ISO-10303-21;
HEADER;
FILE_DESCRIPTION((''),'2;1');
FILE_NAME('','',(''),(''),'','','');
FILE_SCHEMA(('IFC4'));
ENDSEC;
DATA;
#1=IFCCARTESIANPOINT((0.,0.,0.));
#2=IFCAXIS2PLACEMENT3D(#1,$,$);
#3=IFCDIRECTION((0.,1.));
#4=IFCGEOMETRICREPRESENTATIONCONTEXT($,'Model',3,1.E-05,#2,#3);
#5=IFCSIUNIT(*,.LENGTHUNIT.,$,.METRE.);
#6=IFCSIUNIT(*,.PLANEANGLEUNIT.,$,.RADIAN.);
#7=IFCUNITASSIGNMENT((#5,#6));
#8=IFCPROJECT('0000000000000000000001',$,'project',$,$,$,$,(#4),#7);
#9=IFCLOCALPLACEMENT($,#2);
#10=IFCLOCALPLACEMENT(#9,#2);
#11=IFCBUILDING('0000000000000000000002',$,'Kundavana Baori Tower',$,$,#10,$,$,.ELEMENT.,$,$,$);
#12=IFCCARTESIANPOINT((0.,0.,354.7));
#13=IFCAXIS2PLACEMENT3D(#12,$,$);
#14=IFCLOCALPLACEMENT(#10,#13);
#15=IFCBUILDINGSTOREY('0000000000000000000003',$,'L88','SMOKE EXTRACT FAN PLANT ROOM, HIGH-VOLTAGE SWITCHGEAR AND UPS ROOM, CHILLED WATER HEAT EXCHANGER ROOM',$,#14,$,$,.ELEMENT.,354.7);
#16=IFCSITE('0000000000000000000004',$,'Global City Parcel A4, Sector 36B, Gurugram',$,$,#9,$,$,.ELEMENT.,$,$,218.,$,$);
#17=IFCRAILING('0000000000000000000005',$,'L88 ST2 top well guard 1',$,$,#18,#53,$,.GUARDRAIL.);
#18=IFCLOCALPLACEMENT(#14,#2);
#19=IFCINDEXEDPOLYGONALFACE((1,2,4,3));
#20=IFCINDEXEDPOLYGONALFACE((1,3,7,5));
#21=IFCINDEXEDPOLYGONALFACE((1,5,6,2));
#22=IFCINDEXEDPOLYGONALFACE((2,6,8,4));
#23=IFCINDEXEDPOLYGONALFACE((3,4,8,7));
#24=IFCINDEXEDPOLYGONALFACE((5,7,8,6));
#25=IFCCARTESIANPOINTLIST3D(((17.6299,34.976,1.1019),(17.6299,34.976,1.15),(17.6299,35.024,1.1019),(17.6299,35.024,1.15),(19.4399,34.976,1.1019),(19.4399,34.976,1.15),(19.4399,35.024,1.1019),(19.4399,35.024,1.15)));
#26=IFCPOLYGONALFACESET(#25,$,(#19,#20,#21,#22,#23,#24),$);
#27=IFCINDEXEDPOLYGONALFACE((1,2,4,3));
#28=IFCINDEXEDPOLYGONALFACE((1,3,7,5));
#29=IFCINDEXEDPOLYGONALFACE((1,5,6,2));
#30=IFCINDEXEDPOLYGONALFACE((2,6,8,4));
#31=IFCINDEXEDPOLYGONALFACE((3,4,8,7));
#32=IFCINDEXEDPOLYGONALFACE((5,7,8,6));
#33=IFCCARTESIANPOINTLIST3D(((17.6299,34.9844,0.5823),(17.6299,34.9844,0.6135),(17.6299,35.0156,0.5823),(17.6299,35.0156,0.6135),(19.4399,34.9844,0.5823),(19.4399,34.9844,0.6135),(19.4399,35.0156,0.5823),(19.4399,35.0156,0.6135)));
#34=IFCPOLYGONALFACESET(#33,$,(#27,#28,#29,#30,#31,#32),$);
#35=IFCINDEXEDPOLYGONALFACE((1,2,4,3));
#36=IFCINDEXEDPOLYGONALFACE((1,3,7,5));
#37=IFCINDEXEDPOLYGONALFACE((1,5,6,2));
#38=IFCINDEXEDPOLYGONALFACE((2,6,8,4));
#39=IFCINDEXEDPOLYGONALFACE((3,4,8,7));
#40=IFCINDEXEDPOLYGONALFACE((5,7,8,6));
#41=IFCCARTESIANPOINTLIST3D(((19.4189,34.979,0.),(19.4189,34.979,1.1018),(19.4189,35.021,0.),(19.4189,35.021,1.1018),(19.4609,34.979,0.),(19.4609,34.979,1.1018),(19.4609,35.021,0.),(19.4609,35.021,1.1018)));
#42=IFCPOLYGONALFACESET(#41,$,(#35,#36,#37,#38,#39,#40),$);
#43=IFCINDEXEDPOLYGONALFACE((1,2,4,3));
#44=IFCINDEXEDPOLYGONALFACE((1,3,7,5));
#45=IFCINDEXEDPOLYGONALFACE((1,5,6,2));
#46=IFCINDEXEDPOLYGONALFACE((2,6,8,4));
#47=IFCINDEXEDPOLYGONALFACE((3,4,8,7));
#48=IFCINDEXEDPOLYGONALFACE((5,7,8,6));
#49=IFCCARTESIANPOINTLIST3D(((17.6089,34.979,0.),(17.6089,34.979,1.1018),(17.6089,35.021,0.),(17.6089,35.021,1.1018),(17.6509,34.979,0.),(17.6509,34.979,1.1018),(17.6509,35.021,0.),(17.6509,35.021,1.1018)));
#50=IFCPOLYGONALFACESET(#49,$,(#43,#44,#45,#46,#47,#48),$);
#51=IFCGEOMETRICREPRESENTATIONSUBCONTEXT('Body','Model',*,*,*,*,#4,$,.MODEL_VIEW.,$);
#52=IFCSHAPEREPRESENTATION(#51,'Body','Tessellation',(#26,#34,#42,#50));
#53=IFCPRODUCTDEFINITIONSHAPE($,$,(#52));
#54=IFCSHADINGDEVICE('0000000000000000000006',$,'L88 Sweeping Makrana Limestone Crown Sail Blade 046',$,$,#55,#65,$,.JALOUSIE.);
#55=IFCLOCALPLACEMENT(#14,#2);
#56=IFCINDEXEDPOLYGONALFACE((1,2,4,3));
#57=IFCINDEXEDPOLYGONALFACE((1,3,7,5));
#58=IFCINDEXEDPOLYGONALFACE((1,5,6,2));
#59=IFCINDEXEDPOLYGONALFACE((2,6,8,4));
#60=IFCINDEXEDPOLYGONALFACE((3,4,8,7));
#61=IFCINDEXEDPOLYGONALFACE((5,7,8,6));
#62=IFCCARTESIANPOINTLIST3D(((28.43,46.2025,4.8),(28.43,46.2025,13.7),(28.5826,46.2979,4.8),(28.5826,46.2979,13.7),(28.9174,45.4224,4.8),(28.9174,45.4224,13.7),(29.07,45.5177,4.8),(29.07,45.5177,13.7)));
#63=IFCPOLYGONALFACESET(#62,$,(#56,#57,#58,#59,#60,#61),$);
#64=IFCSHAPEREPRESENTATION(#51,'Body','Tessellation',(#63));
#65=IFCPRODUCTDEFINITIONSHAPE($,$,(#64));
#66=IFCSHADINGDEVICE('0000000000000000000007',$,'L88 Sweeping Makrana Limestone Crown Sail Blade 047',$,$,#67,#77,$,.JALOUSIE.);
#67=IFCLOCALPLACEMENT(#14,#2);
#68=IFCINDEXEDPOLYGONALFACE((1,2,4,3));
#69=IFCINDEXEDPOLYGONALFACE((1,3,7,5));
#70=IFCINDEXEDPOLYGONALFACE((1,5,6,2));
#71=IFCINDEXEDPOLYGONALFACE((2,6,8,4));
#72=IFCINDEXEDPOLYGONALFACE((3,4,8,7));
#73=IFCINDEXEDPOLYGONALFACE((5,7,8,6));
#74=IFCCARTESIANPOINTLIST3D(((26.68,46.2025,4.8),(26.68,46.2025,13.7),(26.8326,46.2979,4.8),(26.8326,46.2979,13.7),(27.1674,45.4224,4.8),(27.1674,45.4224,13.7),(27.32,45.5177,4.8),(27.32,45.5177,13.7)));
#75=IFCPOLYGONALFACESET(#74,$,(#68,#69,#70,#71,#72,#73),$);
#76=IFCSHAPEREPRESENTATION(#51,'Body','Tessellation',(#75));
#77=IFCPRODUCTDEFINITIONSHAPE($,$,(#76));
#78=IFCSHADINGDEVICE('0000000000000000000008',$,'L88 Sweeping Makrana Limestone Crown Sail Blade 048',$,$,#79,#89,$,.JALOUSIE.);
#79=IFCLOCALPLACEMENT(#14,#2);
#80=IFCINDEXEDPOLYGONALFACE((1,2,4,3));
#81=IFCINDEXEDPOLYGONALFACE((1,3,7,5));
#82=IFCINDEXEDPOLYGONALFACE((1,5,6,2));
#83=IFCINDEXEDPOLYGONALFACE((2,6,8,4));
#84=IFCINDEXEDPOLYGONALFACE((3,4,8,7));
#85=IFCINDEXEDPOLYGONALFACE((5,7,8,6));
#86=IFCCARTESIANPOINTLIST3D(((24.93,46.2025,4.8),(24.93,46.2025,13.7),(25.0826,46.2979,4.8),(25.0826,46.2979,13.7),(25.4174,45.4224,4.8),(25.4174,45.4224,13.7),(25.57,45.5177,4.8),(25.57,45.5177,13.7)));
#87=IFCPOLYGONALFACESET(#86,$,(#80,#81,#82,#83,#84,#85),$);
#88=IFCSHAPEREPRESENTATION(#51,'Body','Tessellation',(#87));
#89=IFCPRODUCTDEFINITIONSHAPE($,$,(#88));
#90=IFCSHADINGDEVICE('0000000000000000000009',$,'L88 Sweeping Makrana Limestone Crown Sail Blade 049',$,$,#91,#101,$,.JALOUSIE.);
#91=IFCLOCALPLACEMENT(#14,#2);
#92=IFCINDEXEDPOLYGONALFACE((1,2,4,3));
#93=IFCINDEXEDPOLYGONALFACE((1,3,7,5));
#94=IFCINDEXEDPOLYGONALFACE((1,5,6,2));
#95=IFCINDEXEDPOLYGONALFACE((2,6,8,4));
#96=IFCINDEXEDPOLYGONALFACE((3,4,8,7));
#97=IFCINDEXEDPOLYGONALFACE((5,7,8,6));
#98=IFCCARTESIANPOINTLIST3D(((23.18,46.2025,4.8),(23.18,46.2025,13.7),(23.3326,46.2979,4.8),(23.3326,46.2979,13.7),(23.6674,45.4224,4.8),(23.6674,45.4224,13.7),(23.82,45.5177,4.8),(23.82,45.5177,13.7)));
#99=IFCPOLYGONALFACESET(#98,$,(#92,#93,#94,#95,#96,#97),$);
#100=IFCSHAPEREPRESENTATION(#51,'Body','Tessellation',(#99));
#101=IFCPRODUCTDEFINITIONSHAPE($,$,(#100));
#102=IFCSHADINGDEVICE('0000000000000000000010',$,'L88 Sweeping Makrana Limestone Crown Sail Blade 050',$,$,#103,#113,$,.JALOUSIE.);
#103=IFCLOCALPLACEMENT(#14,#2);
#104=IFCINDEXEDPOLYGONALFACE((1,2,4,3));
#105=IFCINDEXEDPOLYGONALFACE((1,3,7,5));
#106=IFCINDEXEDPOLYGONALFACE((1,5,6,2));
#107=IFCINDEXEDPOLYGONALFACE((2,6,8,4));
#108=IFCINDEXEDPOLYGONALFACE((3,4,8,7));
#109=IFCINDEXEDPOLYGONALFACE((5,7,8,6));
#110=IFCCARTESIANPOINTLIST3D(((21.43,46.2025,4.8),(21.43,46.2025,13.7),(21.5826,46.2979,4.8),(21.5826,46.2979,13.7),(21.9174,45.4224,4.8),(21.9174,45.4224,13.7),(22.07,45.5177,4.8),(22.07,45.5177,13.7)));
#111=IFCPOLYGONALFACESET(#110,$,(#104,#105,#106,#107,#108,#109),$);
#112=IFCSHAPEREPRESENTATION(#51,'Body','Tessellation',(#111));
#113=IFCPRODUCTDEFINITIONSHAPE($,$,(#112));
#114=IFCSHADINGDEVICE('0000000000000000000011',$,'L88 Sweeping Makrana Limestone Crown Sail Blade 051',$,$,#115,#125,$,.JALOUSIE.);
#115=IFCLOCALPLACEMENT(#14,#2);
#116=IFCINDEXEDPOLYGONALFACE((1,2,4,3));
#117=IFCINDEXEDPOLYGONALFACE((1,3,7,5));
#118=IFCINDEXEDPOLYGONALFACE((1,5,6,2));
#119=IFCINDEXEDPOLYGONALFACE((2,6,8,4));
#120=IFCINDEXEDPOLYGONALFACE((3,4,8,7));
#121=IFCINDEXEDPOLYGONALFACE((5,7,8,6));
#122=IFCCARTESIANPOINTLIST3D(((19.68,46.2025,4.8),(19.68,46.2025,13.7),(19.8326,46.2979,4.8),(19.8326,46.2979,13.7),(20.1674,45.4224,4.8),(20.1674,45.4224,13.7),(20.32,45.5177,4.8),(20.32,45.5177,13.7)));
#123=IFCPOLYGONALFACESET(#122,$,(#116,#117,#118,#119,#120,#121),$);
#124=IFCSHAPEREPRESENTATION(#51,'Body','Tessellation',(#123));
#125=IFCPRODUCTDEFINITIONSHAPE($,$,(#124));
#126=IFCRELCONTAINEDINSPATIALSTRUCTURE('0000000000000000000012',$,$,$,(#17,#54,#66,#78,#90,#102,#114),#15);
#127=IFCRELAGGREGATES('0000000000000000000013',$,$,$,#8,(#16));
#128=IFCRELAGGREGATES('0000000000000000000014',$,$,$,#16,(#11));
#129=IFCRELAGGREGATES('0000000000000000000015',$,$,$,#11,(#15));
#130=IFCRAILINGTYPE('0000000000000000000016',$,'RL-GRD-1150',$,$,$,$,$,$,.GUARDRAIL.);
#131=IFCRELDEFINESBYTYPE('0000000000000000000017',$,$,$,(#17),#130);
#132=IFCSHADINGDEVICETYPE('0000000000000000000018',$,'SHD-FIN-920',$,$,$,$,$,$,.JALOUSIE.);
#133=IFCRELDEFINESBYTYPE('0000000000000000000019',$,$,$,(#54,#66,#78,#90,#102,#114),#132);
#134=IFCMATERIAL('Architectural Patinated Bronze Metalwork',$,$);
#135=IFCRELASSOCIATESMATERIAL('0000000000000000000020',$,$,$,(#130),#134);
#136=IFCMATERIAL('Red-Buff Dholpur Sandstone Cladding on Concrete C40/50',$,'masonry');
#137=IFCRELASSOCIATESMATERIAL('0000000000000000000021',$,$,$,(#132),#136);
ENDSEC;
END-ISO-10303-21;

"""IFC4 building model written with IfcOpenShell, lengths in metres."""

from ifc_helpers import new_model, si_unit, direction, frame, origin, origin_2d, place, context, subcontext, project, spatial, rectangle, extrude, material, type_object, element, save


model = new_model("IFC4")

# Units and contexts
model_context = context("Model", 3, precision=1e-05, world=origin(), true_north=direction((0.0, 1.0)))
body_context = subcontext(model_context, "Body", "Model", "MODEL_VIEW")
ifc_project = project(units=[si_unit("LENGTHUNIT", "METRE"), si_unit("PLANEANGLEUNIT", "RADIAN")], contexts=[model_context])

# Site, building, storey
site_placement = place(None, origin())
site = spatial("IfcSite", under=ifc_project, at=site_placement, Name="Global City Parcel A4, Sector 36B, Gurugram", CompositionType="ELEMENT", RefElevation=218.0)
building_placement = place(site_placement, origin())
building = spatial("IfcBuilding", under=site, at=building_placement, Name="Kundavana Baori Tower", CompositionType="ELEMENT")
storey_placement = place(building_placement, frame((0.0, 0.0, 354.7)))
storey = spatial("IfcBuildingStorey", under=building, at=storey_placement, Name="L88", Description="SMOKE EXTRACT FAN PLANT ROOM, HIGH-VOLTAGE SWITCHGEAR AND UPS ROOM, CHILLED WATER HEAT EXCHANGER ROOM", CompositionType="ELEMENT", Elevation=354.7)

# Railing
ifc_material_1 = material(Name="Architectural Patinated Bronze Metalwork")
railing_type_1 = type_object("IfcRailingType", Name="RL-GRD-1150", PredefinedType="GUARDRAIL", material=ifc_material_1)
railing_1_placement = place(storey_placement, frame((19.4399, 35.0, 0.0)))
element("IfcRailing", 1, at=railing_1_placement, inside=storey, type_object=railing_type_1, Name="L88 ST2 top well guard 1", PredefinedType="GUARDRAIL", context=body_context, shape_type="SweptSolid", body=[
    extrude(rectangle(XDim=0.0481, YDim=0.0481, at=origin_2d()), frame((0.0, 0.0, 1.126), z_axis=(-1.0, 0.0, 0.0), x_axis=(0.0, -1.0, 0.0)), (0.0, 0.0, 1.0), 1.8101),
    extrude(rectangle(XDim=0.0312, YDim=0.0312, at=origin_2d()), frame((0.0, 0.0, 0.5979), z_axis=(-1.0, 0.0, 0.0), x_axis=(0.0, -1.0, 0.0)), (0.0, 0.0, 1.0), 1.8101),
    extrude(rectangle(XDim=0.042, YDim=0.042, at=origin_2d()), origin(), (0.0, 0.0, 1.0), 1.1018),
    extrude(rectangle(XDim=0.042, YDim=0.042, at=origin_2d()), frame((-1.8101, 0.0, 0.0)), (0.0, 0.0, 1.0), 1.1018),
])

# Shading devices
ifc_material_2 = material(Name="Red-Buff Dholpur Sandstone Cladding on Concrete C40/50", Category="masonry")
shading_device_type = type_object("IfcShadingDeviceType", Name="SHD-FIN-920", PredefinedType="JALOUSIE", material=ifc_material_2)
for number, where, z_axis, x_axis, name in (
    (2, (28.75, 45.8601, 4.8), (0.0, 0.0, 1.0), (0.848048, 0.529919, 0.0), "L88 Sweeping Makrana Limestone Crown Sail Blade 046"),
    (3, (27.0, 45.8601, 4.8), (0.0, 0.0, 1.0), (0.848048, 0.529919, 0.0), "L88 Sweeping Makrana Limestone Crown Sail Blade 047"),
    (4, (25.25, 45.8601, 4.8), (0.0, 0.0, 1.0), (0.848048, 0.529919, 0.0), "L88 Sweeping Makrana Limestone Crown Sail Blade 048"),
    (5, (23.5, 45.8601, 4.8), (0.0, 0.0, 1.0), (0.848048, 0.529919, 0.0), "L88 Sweeping Makrana Limestone Crown Sail Blade 049"),
    (6, (21.75, 45.8601, 4.8), (0.0, 0.0, 1.0), (0.848048, 0.529919, 0.0), "L88 Sweeping Makrana Limestone Crown Sail Blade 050"),
    (7, (20.0, 45.8601, 4.8), (0.0, 0.0, 1.0), (0.848048, 0.529919, 0.0), "L88 Sweeping Makrana Limestone Crown Sail Blade 051"),
):
    element("IfcShadingDevice", number, at=place(storey_placement, frame(where, z_axis=z_axis, x_axis=x_axis)), inside=storey, type_object=shading_device_type, Name=name, PredefinedType="JALOUSIE", context=body_context, shape_type="SweptSolid", body=[
        extrude(rectangle(XDim=0.1799, YDim=0.9199, at=origin_2d()), origin(), (0.0, 0.0, 1.0), 8.8999),
    ])

save(model, "model.ifc")
